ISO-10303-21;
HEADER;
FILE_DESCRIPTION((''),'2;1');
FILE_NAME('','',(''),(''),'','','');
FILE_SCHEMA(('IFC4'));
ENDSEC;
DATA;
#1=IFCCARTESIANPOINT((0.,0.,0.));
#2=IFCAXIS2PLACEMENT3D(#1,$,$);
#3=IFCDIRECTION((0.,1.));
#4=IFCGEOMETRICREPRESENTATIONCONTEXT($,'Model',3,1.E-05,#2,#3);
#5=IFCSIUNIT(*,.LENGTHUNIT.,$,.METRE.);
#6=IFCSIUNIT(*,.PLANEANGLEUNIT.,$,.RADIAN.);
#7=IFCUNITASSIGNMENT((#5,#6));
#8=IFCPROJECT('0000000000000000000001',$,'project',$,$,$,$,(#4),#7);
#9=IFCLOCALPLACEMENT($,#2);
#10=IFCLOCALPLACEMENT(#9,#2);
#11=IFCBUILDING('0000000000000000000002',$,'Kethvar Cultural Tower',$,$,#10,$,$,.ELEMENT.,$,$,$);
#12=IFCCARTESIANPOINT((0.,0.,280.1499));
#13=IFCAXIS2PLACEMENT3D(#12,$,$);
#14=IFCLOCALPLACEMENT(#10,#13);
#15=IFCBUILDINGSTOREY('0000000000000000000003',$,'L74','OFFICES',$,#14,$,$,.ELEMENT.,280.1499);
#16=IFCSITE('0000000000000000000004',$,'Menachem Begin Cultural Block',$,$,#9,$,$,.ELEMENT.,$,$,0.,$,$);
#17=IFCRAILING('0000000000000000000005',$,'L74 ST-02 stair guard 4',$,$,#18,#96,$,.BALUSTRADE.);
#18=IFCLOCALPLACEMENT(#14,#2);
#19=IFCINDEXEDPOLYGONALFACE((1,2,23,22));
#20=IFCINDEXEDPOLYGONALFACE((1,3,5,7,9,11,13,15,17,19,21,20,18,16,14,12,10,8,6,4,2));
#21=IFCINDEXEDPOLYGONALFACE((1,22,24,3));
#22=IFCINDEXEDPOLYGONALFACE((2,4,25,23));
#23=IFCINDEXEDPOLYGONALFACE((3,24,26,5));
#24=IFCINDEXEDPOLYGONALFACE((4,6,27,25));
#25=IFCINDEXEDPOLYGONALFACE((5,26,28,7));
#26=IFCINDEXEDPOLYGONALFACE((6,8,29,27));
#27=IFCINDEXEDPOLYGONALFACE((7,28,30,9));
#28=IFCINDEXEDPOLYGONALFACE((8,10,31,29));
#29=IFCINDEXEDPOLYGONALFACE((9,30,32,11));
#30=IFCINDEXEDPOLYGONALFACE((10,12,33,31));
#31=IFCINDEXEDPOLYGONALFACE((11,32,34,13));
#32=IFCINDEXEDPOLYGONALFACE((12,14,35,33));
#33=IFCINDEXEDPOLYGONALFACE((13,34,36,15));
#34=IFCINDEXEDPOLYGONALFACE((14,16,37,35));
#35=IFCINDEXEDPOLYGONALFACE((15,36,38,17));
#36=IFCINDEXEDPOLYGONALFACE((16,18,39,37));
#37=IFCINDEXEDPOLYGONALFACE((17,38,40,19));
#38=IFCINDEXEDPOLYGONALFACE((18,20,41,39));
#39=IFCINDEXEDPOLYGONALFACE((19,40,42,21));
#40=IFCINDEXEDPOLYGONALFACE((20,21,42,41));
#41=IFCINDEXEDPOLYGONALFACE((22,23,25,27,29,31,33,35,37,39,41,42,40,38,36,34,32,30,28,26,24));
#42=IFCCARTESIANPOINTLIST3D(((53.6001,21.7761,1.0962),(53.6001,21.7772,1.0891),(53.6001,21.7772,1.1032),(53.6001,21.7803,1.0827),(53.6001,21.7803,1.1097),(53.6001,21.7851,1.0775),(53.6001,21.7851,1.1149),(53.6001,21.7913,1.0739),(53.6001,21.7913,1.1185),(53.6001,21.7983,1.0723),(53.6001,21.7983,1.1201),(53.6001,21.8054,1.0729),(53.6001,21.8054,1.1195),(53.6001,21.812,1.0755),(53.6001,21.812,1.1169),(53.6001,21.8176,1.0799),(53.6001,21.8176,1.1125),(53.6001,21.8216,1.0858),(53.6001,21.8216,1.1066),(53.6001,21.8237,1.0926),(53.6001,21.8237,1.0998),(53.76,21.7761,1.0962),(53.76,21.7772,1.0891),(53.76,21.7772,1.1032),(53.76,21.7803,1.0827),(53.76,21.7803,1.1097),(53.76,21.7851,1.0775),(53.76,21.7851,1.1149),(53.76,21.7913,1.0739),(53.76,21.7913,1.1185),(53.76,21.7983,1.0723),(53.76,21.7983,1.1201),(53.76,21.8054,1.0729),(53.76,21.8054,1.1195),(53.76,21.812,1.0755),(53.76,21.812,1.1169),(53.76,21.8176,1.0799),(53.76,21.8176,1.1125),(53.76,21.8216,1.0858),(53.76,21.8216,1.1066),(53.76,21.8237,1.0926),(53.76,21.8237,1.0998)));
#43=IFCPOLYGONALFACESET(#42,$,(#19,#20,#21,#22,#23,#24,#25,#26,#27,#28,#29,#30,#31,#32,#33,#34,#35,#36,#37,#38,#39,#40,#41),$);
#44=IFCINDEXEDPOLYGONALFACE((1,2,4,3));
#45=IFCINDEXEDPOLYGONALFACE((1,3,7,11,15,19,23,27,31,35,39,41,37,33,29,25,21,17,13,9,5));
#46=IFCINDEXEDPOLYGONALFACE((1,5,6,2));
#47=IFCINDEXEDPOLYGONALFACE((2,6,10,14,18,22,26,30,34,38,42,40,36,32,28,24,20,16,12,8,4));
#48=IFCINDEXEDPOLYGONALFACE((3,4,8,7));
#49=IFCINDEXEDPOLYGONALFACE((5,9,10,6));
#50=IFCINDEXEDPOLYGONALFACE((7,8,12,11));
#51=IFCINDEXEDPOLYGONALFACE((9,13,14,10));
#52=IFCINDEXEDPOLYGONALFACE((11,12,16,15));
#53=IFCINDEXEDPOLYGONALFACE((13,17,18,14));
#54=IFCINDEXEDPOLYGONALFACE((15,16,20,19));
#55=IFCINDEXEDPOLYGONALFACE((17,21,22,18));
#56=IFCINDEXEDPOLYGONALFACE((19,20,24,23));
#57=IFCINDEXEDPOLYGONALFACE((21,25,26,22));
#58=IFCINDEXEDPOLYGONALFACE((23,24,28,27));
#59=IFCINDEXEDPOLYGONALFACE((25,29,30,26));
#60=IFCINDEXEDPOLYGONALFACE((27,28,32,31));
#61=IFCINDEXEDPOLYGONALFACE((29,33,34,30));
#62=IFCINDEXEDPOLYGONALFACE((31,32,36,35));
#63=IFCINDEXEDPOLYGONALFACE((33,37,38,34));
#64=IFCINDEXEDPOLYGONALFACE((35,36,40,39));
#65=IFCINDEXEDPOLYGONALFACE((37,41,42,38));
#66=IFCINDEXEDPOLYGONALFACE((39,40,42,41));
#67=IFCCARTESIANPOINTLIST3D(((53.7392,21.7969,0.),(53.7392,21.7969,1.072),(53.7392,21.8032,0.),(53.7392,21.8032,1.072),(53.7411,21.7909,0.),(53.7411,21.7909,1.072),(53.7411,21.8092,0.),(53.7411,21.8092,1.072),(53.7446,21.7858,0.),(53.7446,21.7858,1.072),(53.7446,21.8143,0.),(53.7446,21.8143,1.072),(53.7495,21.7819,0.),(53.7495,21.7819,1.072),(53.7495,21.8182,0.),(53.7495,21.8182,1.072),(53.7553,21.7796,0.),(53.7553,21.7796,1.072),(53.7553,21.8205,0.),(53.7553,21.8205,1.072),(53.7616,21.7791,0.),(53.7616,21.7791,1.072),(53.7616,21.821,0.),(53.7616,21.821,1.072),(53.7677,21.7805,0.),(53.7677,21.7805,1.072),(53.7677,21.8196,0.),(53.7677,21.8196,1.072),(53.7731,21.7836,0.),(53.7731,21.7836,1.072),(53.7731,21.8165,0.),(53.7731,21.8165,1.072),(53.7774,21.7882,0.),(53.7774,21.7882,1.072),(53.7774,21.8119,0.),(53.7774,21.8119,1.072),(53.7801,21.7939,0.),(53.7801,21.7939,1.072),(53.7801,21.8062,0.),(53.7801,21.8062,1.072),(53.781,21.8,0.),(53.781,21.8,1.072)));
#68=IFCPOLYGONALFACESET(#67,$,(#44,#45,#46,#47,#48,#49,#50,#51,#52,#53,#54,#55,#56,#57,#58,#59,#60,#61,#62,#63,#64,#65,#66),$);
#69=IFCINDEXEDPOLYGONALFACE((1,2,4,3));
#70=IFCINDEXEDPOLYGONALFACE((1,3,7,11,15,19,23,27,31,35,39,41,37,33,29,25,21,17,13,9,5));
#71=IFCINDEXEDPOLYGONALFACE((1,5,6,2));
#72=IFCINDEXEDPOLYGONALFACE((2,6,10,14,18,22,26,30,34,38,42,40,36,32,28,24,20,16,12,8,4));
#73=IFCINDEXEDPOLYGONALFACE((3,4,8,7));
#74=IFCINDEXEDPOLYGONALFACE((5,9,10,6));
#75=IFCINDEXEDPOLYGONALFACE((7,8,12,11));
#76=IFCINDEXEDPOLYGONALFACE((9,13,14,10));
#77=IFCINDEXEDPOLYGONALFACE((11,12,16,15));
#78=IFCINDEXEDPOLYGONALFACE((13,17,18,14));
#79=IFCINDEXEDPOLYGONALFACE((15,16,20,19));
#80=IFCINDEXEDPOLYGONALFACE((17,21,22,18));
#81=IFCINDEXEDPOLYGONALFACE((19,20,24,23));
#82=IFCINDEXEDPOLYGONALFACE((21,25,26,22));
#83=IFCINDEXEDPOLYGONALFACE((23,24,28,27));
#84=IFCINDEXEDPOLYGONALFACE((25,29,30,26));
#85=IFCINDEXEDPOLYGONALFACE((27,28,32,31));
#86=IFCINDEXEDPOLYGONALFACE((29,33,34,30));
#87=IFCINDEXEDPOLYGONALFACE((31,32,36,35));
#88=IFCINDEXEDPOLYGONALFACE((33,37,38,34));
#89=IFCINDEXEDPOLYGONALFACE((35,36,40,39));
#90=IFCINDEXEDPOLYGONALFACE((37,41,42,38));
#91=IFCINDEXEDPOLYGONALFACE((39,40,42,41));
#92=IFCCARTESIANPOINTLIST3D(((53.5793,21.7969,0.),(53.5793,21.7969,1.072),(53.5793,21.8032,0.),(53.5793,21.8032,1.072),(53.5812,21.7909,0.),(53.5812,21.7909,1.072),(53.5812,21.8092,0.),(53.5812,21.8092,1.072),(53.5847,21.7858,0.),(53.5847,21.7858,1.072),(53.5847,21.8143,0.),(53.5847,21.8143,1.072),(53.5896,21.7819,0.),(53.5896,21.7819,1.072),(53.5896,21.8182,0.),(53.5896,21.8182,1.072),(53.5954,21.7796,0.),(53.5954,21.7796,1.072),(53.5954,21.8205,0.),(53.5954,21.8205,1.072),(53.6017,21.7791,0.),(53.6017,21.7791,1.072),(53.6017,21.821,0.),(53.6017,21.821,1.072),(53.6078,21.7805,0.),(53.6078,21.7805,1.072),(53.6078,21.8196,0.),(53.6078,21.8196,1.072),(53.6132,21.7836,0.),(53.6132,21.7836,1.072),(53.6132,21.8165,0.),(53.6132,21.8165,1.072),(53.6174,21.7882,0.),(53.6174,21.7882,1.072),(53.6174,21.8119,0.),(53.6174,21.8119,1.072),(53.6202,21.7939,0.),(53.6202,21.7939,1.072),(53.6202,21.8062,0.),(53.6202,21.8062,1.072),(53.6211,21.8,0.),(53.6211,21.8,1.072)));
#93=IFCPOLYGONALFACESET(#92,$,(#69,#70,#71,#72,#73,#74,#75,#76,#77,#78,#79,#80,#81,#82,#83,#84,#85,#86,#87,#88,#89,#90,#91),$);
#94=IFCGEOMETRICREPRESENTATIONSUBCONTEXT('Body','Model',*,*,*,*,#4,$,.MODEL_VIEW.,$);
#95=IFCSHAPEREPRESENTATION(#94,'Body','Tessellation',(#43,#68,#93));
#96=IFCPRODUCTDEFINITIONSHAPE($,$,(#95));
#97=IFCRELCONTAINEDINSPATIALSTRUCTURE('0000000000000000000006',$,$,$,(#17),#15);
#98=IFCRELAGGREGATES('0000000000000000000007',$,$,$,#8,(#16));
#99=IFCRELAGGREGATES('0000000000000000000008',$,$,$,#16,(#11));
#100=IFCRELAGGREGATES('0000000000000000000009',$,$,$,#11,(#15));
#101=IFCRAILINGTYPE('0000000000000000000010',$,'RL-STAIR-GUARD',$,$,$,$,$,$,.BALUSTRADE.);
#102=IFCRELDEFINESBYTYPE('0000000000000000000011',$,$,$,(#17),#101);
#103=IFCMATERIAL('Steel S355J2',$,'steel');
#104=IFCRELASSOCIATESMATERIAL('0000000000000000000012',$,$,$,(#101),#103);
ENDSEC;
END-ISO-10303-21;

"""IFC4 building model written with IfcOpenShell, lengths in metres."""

from ifc_helpers import new_model, si_unit, direction, frame, origin, origin_2d, place, context, subcontext, project, spatial, circle, extrude, material, type_object, element, save


model = new_model("IFC4")

# Units and contexts
model_context = context("Model", 3, precision=1e-05, world=origin(), true_north=direction((0.0, 1.0)))
body_context = subcontext(model_context, "Body", "Model", "MODEL_VIEW")
ifc_project = project(units=[si_unit("LENGTHUNIT", "METRE"), si_unit("PLANEANGLEUNIT", "RADIAN")], contexts=[model_context])

# Site, building, storey
site_placement = place(None, origin())
site = spatial("IfcSite", under=ifc_project, at=site_placement, Name="Menachem Begin Cultural Block", CompositionType="ELEMENT", RefElevation=0.0)
building_placement = place(site_placement, origin())
building = spatial("IfcBuilding", under=site, at=building_placement, Name="Kethvar Cultural Tower", CompositionType="ELEMENT")
storey_placement = place(building_placement, frame((0.0, 0.0, 280.1499)))
storey = spatial("IfcBuildingStorey", under=building, at=storey_placement, Name="L74", Description="OFFICES", CompositionType="ELEMENT", Elevation=280.1499)

# Shared definitions
ifc_material_1 = material(Name="Steel S355J2", Category="steel")

# Railing
railing_type_1 = type_object("IfcRailingType", Name="RL-STAIR-GUARD", PredefinedType="BALUSTRADE", material=ifc_material_1)
railing_1_placement = place(storey_placement, frame((53.76, 21.8, 0.0)))
element("IfcRailing", 1, at=railing_1_placement, inside=storey, type_object=railing_type_1, Name="L74 ST-02 stair guard 4", PredefinedType="BALUSTRADE", context=body_context, shape_type="SweptSolid", body=[
    extrude(circle(Radius=0.0239, at=origin_2d()), frame((0.0, 0.0, 1.0962), z_axis=(-1.0, 0.0, 0.0), x_axis=(0.0, -1.0, 0.0)), (0.0, 0.0, 1.0), 0.1599),
    extrude(circle(Radius=0.021, at=origin_2d()), origin(), (0.0, 0.0, 1.0), 1.072),
    extrude(circle(Radius=0.021, at=origin_2d()), frame((-0.1599, 0.0, 0.0)), (0.0, 0.0, 1.0), 1.072),
])

save(model, "model.ifc")
